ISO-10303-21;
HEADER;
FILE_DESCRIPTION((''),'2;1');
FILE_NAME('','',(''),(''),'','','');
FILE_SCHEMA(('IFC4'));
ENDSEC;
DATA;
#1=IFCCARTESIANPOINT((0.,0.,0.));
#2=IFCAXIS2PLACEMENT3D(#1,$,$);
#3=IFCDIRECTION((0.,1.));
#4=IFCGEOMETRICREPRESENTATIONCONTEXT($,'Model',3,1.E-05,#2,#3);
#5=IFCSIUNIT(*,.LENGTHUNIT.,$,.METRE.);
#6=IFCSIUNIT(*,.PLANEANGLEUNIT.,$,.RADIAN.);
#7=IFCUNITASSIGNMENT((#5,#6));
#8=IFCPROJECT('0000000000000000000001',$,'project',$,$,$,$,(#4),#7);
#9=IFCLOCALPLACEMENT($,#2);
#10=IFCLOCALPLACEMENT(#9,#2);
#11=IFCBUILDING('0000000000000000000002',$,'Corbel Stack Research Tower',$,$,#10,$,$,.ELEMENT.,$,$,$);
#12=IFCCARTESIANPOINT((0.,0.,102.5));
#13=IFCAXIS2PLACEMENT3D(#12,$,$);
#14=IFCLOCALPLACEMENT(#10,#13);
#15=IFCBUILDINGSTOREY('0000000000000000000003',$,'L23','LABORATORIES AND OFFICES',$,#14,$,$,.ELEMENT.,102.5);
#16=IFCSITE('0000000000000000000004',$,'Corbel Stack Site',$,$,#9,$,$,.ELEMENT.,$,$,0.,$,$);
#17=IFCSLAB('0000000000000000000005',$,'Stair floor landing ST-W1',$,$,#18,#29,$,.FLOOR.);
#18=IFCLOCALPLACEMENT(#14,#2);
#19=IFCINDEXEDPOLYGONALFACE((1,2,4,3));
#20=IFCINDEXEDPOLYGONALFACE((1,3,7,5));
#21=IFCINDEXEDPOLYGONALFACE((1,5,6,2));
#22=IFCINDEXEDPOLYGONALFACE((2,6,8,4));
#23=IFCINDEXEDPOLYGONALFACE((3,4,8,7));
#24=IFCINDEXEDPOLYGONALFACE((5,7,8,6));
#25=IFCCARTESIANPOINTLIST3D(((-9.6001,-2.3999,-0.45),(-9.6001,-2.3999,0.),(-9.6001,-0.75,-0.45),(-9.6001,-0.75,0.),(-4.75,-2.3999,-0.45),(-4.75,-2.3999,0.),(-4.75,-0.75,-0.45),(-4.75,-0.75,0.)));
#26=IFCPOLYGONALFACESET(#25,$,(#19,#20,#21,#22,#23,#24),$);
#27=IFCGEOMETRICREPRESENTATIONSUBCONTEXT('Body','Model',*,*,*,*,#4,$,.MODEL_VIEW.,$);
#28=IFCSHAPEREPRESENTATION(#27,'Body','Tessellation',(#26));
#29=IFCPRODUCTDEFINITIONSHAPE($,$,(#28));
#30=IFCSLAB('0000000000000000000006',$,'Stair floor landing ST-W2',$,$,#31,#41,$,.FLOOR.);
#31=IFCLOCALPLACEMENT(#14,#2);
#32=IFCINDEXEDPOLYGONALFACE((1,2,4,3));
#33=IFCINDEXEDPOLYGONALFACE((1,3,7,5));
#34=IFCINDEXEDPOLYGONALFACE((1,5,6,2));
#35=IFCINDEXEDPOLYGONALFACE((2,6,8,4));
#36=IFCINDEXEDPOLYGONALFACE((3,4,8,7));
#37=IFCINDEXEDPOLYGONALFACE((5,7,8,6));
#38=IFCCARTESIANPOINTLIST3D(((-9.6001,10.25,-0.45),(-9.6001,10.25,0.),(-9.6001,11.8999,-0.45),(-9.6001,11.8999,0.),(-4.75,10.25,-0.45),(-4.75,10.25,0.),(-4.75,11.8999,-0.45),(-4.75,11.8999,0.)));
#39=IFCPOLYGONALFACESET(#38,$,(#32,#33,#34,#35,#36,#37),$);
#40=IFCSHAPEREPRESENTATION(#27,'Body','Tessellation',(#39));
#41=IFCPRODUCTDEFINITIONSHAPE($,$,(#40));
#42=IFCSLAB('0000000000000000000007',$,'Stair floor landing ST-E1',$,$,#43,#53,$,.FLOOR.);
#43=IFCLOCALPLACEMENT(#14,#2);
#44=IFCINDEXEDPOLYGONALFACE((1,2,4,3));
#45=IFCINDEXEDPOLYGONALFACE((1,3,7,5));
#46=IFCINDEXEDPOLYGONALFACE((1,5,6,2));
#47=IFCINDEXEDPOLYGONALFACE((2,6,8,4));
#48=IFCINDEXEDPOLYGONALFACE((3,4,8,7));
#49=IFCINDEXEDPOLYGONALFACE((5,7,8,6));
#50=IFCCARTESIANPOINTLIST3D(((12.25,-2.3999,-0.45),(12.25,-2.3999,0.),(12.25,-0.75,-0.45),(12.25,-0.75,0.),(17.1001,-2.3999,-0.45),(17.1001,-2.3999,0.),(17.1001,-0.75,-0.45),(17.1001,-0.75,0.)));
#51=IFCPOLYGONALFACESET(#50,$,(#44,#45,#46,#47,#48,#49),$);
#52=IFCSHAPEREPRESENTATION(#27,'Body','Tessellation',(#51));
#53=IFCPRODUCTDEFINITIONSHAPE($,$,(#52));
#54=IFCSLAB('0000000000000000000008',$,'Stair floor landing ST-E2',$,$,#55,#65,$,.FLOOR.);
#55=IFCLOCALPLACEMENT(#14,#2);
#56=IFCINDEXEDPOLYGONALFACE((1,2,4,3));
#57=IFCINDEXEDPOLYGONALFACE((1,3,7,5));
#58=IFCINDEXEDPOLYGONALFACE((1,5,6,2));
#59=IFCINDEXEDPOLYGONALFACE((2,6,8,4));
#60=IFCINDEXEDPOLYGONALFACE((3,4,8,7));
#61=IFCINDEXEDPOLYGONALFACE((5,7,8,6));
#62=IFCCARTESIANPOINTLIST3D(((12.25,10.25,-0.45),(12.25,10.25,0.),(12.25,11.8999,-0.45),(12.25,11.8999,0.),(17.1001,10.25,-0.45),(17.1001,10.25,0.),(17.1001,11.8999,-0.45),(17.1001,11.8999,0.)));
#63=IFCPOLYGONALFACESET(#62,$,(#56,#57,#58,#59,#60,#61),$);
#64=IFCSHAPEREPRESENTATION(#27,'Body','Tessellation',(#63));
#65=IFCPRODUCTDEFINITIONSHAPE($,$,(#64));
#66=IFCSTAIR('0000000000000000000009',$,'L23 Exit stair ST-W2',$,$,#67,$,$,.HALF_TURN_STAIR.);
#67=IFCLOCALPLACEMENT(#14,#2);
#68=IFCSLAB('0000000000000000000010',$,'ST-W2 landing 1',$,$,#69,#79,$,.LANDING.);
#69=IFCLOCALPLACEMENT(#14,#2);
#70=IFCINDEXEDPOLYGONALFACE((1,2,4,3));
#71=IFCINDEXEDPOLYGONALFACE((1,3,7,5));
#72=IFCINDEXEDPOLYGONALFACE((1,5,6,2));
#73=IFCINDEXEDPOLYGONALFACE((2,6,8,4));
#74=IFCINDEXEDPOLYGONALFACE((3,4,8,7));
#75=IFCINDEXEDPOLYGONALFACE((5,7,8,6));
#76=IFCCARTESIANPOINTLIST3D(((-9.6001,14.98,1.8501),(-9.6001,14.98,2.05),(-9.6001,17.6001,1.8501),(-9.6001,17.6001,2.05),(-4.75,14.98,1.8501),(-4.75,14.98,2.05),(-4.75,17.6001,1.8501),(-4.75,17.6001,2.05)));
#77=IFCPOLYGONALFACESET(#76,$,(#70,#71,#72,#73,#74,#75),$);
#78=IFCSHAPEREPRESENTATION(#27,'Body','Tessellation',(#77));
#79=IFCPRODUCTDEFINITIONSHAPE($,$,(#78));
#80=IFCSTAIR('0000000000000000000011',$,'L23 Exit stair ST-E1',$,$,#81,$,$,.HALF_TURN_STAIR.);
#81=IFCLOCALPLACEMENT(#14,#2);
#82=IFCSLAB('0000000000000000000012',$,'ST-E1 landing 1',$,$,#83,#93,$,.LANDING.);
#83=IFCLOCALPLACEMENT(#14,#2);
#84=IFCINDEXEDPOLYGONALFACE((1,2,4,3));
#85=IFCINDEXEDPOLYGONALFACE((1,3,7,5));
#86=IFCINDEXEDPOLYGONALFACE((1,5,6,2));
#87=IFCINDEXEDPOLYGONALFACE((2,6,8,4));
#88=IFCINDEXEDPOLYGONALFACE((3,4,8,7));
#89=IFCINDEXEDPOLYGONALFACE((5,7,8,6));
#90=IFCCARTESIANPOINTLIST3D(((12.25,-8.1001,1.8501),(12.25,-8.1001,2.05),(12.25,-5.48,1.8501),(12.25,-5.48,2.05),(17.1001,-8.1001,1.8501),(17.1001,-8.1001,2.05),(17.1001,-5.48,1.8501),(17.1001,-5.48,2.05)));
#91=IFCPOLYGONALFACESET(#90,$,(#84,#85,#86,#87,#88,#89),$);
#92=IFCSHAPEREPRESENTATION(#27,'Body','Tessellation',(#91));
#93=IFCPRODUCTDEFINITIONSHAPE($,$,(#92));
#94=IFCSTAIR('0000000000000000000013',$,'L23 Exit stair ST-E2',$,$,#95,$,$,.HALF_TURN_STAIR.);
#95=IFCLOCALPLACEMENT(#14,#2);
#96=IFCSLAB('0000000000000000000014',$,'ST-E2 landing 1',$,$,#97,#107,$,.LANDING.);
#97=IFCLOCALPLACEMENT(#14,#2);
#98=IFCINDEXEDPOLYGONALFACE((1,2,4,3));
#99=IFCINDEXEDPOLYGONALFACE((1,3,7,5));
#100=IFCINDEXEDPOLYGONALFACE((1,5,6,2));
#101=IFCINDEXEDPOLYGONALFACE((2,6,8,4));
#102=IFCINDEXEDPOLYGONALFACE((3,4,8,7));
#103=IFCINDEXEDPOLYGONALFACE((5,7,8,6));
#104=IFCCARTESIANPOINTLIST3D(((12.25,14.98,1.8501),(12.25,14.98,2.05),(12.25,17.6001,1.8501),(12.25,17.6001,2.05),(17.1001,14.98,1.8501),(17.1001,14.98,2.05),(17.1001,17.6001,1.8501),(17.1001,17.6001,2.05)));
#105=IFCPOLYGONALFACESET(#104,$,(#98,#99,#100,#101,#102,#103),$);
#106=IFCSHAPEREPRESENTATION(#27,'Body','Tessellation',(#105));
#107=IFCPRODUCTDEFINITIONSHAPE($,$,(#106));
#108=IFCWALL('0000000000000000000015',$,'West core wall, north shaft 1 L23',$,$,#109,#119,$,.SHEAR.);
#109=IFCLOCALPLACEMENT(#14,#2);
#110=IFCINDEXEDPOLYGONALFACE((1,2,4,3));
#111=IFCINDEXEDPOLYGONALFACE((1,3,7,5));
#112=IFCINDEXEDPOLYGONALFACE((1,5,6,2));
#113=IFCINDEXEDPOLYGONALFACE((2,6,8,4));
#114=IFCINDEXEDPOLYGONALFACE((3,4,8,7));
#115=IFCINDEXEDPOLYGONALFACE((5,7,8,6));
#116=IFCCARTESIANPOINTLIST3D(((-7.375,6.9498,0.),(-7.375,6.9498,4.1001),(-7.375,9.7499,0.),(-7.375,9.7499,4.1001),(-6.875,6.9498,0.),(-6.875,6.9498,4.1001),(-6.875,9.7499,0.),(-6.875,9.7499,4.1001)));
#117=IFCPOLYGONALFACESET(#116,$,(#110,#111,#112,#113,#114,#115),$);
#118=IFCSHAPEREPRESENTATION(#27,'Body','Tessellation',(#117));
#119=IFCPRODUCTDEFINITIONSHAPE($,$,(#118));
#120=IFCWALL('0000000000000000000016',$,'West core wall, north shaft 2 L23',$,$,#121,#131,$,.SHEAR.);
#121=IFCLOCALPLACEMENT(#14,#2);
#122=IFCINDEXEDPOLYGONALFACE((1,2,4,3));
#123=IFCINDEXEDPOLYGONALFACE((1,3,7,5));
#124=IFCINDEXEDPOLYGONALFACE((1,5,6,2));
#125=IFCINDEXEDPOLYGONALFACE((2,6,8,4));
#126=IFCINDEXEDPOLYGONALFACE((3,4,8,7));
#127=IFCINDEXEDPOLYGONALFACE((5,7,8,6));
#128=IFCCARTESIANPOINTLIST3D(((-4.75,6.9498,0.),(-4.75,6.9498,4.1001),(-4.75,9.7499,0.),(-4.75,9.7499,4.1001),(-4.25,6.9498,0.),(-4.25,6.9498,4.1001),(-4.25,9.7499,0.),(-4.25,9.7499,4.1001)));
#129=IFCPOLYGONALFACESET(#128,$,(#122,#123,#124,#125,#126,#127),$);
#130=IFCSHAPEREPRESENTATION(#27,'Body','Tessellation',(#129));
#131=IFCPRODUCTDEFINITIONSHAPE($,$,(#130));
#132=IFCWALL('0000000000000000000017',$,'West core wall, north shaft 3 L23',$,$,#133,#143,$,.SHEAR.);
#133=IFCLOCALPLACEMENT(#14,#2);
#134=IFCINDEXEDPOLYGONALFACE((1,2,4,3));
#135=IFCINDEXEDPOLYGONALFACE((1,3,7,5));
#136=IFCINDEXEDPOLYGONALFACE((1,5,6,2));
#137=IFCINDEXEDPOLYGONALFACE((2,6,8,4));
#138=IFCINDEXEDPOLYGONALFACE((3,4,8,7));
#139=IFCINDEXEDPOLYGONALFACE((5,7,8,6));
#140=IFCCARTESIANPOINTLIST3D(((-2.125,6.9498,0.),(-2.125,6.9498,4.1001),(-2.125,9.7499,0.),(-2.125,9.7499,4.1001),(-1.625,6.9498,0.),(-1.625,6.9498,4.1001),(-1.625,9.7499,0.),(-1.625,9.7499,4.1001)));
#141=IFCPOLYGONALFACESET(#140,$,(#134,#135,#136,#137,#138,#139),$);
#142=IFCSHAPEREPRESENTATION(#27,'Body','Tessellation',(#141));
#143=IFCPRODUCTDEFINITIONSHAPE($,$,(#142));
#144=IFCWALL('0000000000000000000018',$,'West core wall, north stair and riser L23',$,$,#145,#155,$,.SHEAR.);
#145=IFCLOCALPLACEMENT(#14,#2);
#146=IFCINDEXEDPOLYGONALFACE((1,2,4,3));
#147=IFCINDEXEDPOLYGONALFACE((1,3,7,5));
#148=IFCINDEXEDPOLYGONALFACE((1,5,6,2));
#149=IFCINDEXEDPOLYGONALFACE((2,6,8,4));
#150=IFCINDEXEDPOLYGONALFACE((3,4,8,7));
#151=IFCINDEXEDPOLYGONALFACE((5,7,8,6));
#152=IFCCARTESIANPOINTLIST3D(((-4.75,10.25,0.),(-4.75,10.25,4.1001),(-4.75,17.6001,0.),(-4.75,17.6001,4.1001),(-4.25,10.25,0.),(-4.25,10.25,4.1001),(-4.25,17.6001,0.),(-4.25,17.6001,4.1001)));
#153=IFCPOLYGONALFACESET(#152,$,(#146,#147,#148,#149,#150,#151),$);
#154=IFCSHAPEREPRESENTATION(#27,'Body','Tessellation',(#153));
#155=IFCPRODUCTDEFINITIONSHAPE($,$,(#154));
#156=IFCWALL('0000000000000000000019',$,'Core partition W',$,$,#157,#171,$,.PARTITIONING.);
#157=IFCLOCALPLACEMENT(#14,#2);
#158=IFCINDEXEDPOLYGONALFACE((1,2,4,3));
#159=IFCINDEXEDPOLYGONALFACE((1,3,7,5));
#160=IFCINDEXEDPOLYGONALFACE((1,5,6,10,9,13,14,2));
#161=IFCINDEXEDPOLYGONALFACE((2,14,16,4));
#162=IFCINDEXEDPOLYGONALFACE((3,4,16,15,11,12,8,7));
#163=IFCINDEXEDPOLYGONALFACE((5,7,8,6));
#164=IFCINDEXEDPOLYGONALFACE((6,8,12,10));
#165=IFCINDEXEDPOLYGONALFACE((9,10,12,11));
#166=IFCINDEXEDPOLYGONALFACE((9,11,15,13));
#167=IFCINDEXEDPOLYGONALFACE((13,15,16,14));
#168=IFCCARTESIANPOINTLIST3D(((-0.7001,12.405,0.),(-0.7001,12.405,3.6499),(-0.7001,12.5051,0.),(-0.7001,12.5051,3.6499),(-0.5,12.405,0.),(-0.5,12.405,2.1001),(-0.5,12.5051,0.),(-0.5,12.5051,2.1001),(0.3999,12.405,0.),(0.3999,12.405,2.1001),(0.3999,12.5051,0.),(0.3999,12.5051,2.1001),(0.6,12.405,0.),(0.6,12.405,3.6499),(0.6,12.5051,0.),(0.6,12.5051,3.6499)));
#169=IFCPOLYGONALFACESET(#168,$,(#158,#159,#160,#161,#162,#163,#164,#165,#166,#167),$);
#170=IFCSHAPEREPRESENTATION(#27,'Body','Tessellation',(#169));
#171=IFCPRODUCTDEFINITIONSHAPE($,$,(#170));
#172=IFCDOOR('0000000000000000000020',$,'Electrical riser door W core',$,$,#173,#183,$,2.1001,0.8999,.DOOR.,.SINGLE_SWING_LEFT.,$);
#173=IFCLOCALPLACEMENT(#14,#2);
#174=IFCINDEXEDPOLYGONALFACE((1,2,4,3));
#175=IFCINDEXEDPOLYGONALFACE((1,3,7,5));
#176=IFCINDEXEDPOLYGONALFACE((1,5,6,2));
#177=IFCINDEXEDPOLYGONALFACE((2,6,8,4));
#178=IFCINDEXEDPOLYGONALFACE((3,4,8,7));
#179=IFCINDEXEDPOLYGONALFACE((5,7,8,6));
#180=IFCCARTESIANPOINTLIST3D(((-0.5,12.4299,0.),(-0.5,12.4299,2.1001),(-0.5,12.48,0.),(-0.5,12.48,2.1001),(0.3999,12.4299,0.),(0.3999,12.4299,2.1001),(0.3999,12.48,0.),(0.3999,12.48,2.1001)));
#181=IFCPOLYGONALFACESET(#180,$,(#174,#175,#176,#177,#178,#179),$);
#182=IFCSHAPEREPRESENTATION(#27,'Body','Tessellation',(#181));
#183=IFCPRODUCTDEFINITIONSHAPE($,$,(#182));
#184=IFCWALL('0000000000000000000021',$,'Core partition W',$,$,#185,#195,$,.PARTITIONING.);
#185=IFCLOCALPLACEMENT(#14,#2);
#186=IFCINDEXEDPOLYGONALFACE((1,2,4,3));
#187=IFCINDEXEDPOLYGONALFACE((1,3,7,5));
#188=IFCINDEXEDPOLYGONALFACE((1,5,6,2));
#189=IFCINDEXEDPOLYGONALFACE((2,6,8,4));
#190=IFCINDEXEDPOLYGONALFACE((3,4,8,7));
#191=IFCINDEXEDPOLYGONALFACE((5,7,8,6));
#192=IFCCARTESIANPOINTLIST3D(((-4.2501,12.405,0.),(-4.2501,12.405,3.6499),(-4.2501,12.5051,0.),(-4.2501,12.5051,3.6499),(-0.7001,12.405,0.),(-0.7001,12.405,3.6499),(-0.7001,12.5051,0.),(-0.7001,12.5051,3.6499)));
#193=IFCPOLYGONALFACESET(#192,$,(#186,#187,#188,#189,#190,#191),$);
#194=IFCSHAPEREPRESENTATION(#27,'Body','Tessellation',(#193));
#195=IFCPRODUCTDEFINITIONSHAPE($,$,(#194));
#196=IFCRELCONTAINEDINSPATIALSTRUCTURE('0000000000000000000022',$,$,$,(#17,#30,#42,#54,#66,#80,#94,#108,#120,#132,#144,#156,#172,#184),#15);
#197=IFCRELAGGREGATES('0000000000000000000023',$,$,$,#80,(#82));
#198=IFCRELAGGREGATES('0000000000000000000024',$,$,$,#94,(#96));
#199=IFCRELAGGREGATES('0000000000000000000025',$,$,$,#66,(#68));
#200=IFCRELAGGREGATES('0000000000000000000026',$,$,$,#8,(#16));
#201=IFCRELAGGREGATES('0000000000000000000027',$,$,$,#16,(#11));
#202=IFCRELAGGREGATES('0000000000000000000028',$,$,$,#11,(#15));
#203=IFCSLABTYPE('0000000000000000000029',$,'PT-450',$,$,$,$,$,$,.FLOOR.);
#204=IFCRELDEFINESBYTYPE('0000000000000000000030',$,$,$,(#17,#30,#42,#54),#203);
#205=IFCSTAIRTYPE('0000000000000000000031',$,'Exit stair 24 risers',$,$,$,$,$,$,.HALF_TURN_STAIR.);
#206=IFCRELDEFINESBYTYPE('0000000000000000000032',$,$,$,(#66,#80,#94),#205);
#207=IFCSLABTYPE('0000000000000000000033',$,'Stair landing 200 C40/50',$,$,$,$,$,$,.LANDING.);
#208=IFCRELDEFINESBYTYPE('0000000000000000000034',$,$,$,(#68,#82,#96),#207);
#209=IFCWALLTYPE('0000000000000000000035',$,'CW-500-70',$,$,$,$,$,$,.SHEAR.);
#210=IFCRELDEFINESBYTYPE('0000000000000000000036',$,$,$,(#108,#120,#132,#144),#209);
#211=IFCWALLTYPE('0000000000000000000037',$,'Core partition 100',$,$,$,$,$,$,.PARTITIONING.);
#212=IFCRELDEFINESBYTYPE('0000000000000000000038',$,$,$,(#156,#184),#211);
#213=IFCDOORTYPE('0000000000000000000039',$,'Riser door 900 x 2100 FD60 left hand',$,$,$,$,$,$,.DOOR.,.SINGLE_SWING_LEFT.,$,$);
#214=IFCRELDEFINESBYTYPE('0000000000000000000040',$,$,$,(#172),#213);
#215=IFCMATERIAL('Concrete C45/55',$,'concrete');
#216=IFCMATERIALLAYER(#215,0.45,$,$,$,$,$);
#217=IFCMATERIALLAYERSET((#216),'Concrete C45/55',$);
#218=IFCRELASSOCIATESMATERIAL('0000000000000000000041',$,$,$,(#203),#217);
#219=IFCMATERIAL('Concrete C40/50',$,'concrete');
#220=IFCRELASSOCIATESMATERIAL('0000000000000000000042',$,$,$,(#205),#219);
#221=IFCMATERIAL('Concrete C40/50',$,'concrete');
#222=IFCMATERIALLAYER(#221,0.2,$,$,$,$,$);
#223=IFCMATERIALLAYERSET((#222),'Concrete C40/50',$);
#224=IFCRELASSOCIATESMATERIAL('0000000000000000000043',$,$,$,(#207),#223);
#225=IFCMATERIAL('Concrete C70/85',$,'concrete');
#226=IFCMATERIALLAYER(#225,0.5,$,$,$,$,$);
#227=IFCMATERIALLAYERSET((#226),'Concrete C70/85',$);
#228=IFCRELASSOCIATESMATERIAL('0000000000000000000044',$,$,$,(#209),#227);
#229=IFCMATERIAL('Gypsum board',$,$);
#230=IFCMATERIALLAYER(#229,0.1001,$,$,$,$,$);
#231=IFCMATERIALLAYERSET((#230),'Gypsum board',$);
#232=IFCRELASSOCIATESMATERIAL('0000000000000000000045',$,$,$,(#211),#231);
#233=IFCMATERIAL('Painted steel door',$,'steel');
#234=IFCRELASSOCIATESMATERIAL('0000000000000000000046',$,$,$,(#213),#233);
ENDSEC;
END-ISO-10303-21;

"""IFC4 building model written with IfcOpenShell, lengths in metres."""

from ifc_helpers import new_model, si_unit, direction, frame, frame_2d, origin, place, context, subcontext, project, spatial, polyline, rectangle, outline, extrude, material, layer, layer_set, type_object, element, fill, aggregate, save


model = new_model("IFC4")

# Units and contexts
model_context = context("Model", 3, precision=1e-05, world=origin(), true_north=direction((0.0, 1.0)))
body_context = subcontext(model_context, "Body", "Model", "MODEL_VIEW")
ifc_project = project(units=[si_unit("LENGTHUNIT", "METRE"), si_unit("PLANEANGLEUNIT", "RADIAN")], contexts=[model_context])

# Site, building, storey
site_placement = place(None, origin())
site = spatial("IfcSite", under=ifc_project, at=site_placement, Name="Corbel Stack Site", CompositionType="ELEMENT", RefElevation=0.0)
building_placement = place(site_placement, origin())
building = spatial("IfcBuilding", under=site, at=building_placement, Name="Corbel Stack Research Tower", CompositionType="ELEMENT")
storey_placement = place(building_placement, frame((0.0, 0.0, 102.5)))
storey = spatial("IfcBuildingStorey", under=building, at=storey_placement, Name="L23", Description="LABORATORIES AND OFFICES", CompositionType="ELEMENT", Elevation=102.5)

# Slabs
ifc_material_1 = material(Name="Concrete C45/55", Category="concrete")
ifc_layer_1 = layer(ifc_material_1, 0.45)
ifc_layer_set_1 = layer_set([ifc_layer_1], Name="Concrete C45/55")
slab_type_1 = type_object("IfcSlabType", Name="PT-450", PredefinedType="FLOOR", material=ifc_layer_set_1)
slab_1_placement = place(storey_placement, frame((0.0, 0.0, -0.45)))
element("IfcSlab", 1, at=slab_1_placement, inside=storey, type_object=slab_type_1, Name="Stair floor landing ST-W1", PredefinedType="FLOOR", context=body_context, shape_type="SweptSolid", body=[
    extrude(outline(polyline([(-9.6001, -2.3999), (-4.75, -2.3999), (-4.75, -0.75), (-9.6001, -0.75), (-9.6001, -2.3999)])), origin(), (0.0, 0.0, 1.0), 0.45),
])
slab_2_placement = place(storey_placement, frame((0.0, 0.0, -0.45)))
element("IfcSlab", 2, at=slab_2_placement, inside=storey, type_object=slab_type_1, Name="Stair floor landing ST-W2", PredefinedType="FLOOR", context=body_context, shape_type="SweptSolid", body=[
    extrude(outline(polyline([(-9.6001, 10.25), (-4.75, 10.25), (-4.75, 11.8999), (-9.6001, 11.8999), (-9.6001, 10.25)])), origin(), (0.0, 0.0, 1.0), 0.45),
])
slab_3_placement = place(storey_placement, frame((0.0, 0.0, -0.45)))
element("IfcSlab", 3, at=slab_3_placement, inside=storey, type_object=slab_type_1, Name="Stair floor landing ST-E1", PredefinedType="FLOOR", context=body_context, shape_type="SweptSolid", body=[
    extrude(outline(polyline([(12.25, -2.3999), (17.1001, -2.3999), (17.1001, -0.75), (12.25, -0.75), (12.25, -2.3999)])), origin(), (0.0, 0.0, 1.0), 0.45),
])
slab_4_placement = place(storey_placement, frame((0.0, 0.0, -0.45)))
element("IfcSlab", 4, at=slab_4_placement, inside=storey, type_object=slab_type_1, Name="Stair floor landing ST-E2", PredefinedType="FLOOR", context=body_context, shape_type="SweptSolid", body=[
    extrude(outline(polyline([(12.25, 10.25), (17.1001, 10.25), (17.1001, 11.8999), (12.25, 11.8999), (12.25, 10.25)])), origin(), (0.0, 0.0, 1.0), 0.45),
])

# Stairs, slabs
ifc_material_2 = material(Name="Concrete C40/50", Category="concrete")
stair_type = type_object("IfcStairType", Name="Exit stair 24 risers", PredefinedType="HALF_TURN_STAIR", material=ifc_material_2)
stair_1_placement = place(storey_placement, origin())
stair_1 = element("IfcStair", 5, at=stair_1_placement, inside=storey, type_object=stair_type, Name="L23 Exit stair ST-W2", PredefinedType="HALF_TURN_STAIR")
ifc_material_3 = material(Name="Concrete C40/50", Category="concrete")
ifc_layer_2 = layer(ifc_material_3, 0.2)
ifc_layer_set_2 = layer_set([ifc_layer_2], Name="Concrete C40/50")
slab_type_2 = type_object("IfcSlabType", Name="Stair landing 200 C40/50", PredefinedType="LANDING", material=ifc_layer_set_2)
slab_5_placement = place(storey_placement, frame((0.0, 0.0, 1.8501)))
slab_5 = element("IfcSlab", 6, at=slab_5_placement, type_object=slab_type_2, Name="ST-W2 landing 1", PredefinedType="LANDING", context=body_context, shape_type="SweptSolid", body=[
    extrude(outline(polyline([(-9.6001, 14.98), (-9.6001, 17.6001), (-4.75, 17.6001), (-4.75, 14.98), (-9.6001, 14.98)])), origin(), (0.0, 0.0, 1.0), 0.2),
])
stair_2_placement = place(storey_placement, origin())
stair_2 = element("IfcStair", 7, at=stair_2_placement, inside=storey, type_object=stair_type, Name="L23 Exit stair ST-E1", PredefinedType="HALF_TURN_STAIR")
slab_6_placement = place(storey_placement, frame((0.0, 0.0, 1.8501)))
slab_6 = element("IfcSlab", 8, at=slab_6_placement, type_object=slab_type_2, Name="ST-E1 landing 1", PredefinedType="LANDING", context=body_context, shape_type="SweptSolid", body=[
    extrude(outline(polyline([(12.25, -8.1001), (12.25, -5.48), (17.1001, -5.48), (17.1001, -8.1001), (12.25, -8.1001)])), origin(), (0.0, 0.0, 1.0), 0.2),
])
aggregate(stair_2, [slab_6])
stair_3_placement = place(storey_placement, origin())
stair_3 = element("IfcStair", 9, at=stair_3_placement, inside=storey, type_object=stair_type, Name="L23 Exit stair ST-E2", PredefinedType="HALF_TURN_STAIR")
slab_7_placement = place(storey_placement, frame((0.0, 0.0, 1.8501)))
slab_7 = element("IfcSlab", 10, at=slab_7_placement, type_object=slab_type_2, Name="ST-E2 landing 1", PredefinedType="LANDING", context=body_context, shape_type="SweptSolid", body=[
    extrude(outline(polyline([(12.25, 14.98), (12.25, 17.6001), (17.1001, 17.6001), (17.1001, 14.98), (12.25, 14.98)])), origin(), (0.0, 0.0, 1.0), 0.2),
])
aggregate(stair_3, [slab_7])

# Walls
ifc_material_4 = material(Name="Concrete C70/85", Category="concrete")
ifc_layer_3 = layer(ifc_material_4, 0.5)
ifc_layer_set_3 = layer_set([ifc_layer_3], Name="Concrete C70/85")
wall_type_1 = type_object("IfcWallType", Name="CW-500-70", PredefinedType="SHEAR", material=ifc_layer_set_3)
for number, where, z_axis, x_axis, name in (
    (11, (-7.125, 6.95, 0.0), (0.0, 0.0, 1.0), (0.0, 1.0, 0.0), "West core wall, north shaft 1 L23"),
    (12, (-4.5, 6.95, 0.0), (0.0, 0.0, 1.0), (0.0, 1.0, 0.0), "West core wall, north shaft 2 L23"),
    (13, (-1.875, 6.95, 0.0), (0.0, 0.0, 1.0), (0.0, 1.0, 0.0), "West core wall, north shaft 3 L23"),
):
    element("IfcWall", number, at=place(storey_placement, frame(where, z_axis=z_axis, x_axis=x_axis)), inside=storey, type_object=wall_type_1, Name=name, PredefinedType="SHEAR", context=body_context, shape_type="SweptSolid", body=[
        extrude(rectangle(XDim=2.8, YDim=0.5, at=frame_2d((1.3999, 0.0))), origin(), (0.0, 0.0, 1.0), 4.1001),
    ])
wall_1_placement = place(storey_placement, frame((-4.5, 10.25, 0.0), z_axis=(0.0, 0.0, 1.0), x_axis=(0.0, 1.0, 0.0)))
element("IfcWall", 14, at=wall_1_placement, inside=storey, type_object=wall_type_1, Name="West core wall, north stair and riser L23", PredefinedType="SHEAR", context=body_context, shape_type="SweptSolid", body=[
    extrude(rectangle(XDim=7.3501, YDim=0.5, at=frame_2d((3.675, 0.0))), origin(), (0.0, 0.0, 1.0), 4.1001),
])

# Wall, opening, door
ifc_material_5 = material(Name="Gypsum board")
ifc_layer_4 = layer(ifc_material_5, 0.1001)
ifc_layer_set_4 = layer_set([ifc_layer_4], Name="Gypsum board")
wall_type_2 = type_object("IfcWallType", Name="Core partition 100", PredefinedType="PARTITIONING", material=ifc_layer_set_4)
wall_2_placement = place(storey_placement, frame((-0.7, 12.4551, 0.0), z_axis=(0.0, 0.0, 1.0), x_axis=(1.0, 0.0, 0.0)))
wall_2 = element("IfcWall", 15, at=wall_2_placement, inside=storey, type_object=wall_type_2, Name="Core partition W", PredefinedType="PARTITIONING", context=body_context, shape_type="SweptSolid", body=[
    extrude(rectangle(XDim=1.3, YDim=0.1001, at=frame_2d((0.6499, 0.0))), origin(), (0.0, 0.0, 1.0), 3.6499),
])
opening_1_placement = place(wall_2_placement, frame((0.2, 0.0, 0.0)))
opening_1 = element("IfcOpeningElement", 16, at=opening_1_placement, cuts=wall_2, PredefinedType="OPENING", context=body_context, shape_type="SweptSolid", body=[
    extrude(rectangle(XDim=0.8999, YDim=2.1001, at=frame_2d((0.45, 1.05))), frame((0.0, 0.0601, 0.0), z_axis=(0.0, -1.0, 0.0), x_axis=(1.0, 0.0, 0.0)), (0.0, 0.0, 1.0), 0.1201),
])
ifc_material_6 = material(Name="Painted steel door", Category="steel")
door_type_1 = type_object("IfcDoorType", Name="Riser door 900 x 2100 FD60 left hand", OperationType="SINGLE_SWING_LEFT", PredefinedType="DOOR", material=ifc_material_6)
door_1_placement = place(opening_1_placement, origin())
door_1 = element("IfcDoor", 17, at=door_1_placement, inside=storey, type_object=door_type_1, Name="Electrical riser door W core", OperationType="SINGLE_SWING_LEFT", OverallHeight=2.1001, OverallWidth=0.8999, PredefinedType="DOOR", context=body_context, shape_type="SweptSolid", body=[
    extrude(rectangle(XDim=0.8999, YDim=2.1001, at=frame_2d((0.45, 1.05))), frame((0.0, 0.0249, 0.0), z_axis=(0.0, -1.0, 0.0), x_axis=(1.0, 0.0, 0.0)), (0.0, 0.0, 1.0), 0.05),
])
fill(opening_1, door_1)

# Wall
wall_3_placement = place(storey_placement, frame((-4.25, 12.4551, 0.0), z_axis=(0.0, 0.0, 1.0), x_axis=(1.0, 0.0, 0.0)))
element("IfcWall", 18, at=wall_3_placement, inside=storey, type_object=wall_type_2, Name="Core partition W", PredefinedType="PARTITIONING", context=body_context, shape_type="SweptSolid", body=[
    extrude(rectangle(XDim=3.55, YDim=0.1001, at=frame_2d((1.7749, 0.0))), origin(), (0.0, 0.0, 1.0), 3.6499),
])

aggregate(stair_1, [slab_5])

save(model, "model.ifc")
